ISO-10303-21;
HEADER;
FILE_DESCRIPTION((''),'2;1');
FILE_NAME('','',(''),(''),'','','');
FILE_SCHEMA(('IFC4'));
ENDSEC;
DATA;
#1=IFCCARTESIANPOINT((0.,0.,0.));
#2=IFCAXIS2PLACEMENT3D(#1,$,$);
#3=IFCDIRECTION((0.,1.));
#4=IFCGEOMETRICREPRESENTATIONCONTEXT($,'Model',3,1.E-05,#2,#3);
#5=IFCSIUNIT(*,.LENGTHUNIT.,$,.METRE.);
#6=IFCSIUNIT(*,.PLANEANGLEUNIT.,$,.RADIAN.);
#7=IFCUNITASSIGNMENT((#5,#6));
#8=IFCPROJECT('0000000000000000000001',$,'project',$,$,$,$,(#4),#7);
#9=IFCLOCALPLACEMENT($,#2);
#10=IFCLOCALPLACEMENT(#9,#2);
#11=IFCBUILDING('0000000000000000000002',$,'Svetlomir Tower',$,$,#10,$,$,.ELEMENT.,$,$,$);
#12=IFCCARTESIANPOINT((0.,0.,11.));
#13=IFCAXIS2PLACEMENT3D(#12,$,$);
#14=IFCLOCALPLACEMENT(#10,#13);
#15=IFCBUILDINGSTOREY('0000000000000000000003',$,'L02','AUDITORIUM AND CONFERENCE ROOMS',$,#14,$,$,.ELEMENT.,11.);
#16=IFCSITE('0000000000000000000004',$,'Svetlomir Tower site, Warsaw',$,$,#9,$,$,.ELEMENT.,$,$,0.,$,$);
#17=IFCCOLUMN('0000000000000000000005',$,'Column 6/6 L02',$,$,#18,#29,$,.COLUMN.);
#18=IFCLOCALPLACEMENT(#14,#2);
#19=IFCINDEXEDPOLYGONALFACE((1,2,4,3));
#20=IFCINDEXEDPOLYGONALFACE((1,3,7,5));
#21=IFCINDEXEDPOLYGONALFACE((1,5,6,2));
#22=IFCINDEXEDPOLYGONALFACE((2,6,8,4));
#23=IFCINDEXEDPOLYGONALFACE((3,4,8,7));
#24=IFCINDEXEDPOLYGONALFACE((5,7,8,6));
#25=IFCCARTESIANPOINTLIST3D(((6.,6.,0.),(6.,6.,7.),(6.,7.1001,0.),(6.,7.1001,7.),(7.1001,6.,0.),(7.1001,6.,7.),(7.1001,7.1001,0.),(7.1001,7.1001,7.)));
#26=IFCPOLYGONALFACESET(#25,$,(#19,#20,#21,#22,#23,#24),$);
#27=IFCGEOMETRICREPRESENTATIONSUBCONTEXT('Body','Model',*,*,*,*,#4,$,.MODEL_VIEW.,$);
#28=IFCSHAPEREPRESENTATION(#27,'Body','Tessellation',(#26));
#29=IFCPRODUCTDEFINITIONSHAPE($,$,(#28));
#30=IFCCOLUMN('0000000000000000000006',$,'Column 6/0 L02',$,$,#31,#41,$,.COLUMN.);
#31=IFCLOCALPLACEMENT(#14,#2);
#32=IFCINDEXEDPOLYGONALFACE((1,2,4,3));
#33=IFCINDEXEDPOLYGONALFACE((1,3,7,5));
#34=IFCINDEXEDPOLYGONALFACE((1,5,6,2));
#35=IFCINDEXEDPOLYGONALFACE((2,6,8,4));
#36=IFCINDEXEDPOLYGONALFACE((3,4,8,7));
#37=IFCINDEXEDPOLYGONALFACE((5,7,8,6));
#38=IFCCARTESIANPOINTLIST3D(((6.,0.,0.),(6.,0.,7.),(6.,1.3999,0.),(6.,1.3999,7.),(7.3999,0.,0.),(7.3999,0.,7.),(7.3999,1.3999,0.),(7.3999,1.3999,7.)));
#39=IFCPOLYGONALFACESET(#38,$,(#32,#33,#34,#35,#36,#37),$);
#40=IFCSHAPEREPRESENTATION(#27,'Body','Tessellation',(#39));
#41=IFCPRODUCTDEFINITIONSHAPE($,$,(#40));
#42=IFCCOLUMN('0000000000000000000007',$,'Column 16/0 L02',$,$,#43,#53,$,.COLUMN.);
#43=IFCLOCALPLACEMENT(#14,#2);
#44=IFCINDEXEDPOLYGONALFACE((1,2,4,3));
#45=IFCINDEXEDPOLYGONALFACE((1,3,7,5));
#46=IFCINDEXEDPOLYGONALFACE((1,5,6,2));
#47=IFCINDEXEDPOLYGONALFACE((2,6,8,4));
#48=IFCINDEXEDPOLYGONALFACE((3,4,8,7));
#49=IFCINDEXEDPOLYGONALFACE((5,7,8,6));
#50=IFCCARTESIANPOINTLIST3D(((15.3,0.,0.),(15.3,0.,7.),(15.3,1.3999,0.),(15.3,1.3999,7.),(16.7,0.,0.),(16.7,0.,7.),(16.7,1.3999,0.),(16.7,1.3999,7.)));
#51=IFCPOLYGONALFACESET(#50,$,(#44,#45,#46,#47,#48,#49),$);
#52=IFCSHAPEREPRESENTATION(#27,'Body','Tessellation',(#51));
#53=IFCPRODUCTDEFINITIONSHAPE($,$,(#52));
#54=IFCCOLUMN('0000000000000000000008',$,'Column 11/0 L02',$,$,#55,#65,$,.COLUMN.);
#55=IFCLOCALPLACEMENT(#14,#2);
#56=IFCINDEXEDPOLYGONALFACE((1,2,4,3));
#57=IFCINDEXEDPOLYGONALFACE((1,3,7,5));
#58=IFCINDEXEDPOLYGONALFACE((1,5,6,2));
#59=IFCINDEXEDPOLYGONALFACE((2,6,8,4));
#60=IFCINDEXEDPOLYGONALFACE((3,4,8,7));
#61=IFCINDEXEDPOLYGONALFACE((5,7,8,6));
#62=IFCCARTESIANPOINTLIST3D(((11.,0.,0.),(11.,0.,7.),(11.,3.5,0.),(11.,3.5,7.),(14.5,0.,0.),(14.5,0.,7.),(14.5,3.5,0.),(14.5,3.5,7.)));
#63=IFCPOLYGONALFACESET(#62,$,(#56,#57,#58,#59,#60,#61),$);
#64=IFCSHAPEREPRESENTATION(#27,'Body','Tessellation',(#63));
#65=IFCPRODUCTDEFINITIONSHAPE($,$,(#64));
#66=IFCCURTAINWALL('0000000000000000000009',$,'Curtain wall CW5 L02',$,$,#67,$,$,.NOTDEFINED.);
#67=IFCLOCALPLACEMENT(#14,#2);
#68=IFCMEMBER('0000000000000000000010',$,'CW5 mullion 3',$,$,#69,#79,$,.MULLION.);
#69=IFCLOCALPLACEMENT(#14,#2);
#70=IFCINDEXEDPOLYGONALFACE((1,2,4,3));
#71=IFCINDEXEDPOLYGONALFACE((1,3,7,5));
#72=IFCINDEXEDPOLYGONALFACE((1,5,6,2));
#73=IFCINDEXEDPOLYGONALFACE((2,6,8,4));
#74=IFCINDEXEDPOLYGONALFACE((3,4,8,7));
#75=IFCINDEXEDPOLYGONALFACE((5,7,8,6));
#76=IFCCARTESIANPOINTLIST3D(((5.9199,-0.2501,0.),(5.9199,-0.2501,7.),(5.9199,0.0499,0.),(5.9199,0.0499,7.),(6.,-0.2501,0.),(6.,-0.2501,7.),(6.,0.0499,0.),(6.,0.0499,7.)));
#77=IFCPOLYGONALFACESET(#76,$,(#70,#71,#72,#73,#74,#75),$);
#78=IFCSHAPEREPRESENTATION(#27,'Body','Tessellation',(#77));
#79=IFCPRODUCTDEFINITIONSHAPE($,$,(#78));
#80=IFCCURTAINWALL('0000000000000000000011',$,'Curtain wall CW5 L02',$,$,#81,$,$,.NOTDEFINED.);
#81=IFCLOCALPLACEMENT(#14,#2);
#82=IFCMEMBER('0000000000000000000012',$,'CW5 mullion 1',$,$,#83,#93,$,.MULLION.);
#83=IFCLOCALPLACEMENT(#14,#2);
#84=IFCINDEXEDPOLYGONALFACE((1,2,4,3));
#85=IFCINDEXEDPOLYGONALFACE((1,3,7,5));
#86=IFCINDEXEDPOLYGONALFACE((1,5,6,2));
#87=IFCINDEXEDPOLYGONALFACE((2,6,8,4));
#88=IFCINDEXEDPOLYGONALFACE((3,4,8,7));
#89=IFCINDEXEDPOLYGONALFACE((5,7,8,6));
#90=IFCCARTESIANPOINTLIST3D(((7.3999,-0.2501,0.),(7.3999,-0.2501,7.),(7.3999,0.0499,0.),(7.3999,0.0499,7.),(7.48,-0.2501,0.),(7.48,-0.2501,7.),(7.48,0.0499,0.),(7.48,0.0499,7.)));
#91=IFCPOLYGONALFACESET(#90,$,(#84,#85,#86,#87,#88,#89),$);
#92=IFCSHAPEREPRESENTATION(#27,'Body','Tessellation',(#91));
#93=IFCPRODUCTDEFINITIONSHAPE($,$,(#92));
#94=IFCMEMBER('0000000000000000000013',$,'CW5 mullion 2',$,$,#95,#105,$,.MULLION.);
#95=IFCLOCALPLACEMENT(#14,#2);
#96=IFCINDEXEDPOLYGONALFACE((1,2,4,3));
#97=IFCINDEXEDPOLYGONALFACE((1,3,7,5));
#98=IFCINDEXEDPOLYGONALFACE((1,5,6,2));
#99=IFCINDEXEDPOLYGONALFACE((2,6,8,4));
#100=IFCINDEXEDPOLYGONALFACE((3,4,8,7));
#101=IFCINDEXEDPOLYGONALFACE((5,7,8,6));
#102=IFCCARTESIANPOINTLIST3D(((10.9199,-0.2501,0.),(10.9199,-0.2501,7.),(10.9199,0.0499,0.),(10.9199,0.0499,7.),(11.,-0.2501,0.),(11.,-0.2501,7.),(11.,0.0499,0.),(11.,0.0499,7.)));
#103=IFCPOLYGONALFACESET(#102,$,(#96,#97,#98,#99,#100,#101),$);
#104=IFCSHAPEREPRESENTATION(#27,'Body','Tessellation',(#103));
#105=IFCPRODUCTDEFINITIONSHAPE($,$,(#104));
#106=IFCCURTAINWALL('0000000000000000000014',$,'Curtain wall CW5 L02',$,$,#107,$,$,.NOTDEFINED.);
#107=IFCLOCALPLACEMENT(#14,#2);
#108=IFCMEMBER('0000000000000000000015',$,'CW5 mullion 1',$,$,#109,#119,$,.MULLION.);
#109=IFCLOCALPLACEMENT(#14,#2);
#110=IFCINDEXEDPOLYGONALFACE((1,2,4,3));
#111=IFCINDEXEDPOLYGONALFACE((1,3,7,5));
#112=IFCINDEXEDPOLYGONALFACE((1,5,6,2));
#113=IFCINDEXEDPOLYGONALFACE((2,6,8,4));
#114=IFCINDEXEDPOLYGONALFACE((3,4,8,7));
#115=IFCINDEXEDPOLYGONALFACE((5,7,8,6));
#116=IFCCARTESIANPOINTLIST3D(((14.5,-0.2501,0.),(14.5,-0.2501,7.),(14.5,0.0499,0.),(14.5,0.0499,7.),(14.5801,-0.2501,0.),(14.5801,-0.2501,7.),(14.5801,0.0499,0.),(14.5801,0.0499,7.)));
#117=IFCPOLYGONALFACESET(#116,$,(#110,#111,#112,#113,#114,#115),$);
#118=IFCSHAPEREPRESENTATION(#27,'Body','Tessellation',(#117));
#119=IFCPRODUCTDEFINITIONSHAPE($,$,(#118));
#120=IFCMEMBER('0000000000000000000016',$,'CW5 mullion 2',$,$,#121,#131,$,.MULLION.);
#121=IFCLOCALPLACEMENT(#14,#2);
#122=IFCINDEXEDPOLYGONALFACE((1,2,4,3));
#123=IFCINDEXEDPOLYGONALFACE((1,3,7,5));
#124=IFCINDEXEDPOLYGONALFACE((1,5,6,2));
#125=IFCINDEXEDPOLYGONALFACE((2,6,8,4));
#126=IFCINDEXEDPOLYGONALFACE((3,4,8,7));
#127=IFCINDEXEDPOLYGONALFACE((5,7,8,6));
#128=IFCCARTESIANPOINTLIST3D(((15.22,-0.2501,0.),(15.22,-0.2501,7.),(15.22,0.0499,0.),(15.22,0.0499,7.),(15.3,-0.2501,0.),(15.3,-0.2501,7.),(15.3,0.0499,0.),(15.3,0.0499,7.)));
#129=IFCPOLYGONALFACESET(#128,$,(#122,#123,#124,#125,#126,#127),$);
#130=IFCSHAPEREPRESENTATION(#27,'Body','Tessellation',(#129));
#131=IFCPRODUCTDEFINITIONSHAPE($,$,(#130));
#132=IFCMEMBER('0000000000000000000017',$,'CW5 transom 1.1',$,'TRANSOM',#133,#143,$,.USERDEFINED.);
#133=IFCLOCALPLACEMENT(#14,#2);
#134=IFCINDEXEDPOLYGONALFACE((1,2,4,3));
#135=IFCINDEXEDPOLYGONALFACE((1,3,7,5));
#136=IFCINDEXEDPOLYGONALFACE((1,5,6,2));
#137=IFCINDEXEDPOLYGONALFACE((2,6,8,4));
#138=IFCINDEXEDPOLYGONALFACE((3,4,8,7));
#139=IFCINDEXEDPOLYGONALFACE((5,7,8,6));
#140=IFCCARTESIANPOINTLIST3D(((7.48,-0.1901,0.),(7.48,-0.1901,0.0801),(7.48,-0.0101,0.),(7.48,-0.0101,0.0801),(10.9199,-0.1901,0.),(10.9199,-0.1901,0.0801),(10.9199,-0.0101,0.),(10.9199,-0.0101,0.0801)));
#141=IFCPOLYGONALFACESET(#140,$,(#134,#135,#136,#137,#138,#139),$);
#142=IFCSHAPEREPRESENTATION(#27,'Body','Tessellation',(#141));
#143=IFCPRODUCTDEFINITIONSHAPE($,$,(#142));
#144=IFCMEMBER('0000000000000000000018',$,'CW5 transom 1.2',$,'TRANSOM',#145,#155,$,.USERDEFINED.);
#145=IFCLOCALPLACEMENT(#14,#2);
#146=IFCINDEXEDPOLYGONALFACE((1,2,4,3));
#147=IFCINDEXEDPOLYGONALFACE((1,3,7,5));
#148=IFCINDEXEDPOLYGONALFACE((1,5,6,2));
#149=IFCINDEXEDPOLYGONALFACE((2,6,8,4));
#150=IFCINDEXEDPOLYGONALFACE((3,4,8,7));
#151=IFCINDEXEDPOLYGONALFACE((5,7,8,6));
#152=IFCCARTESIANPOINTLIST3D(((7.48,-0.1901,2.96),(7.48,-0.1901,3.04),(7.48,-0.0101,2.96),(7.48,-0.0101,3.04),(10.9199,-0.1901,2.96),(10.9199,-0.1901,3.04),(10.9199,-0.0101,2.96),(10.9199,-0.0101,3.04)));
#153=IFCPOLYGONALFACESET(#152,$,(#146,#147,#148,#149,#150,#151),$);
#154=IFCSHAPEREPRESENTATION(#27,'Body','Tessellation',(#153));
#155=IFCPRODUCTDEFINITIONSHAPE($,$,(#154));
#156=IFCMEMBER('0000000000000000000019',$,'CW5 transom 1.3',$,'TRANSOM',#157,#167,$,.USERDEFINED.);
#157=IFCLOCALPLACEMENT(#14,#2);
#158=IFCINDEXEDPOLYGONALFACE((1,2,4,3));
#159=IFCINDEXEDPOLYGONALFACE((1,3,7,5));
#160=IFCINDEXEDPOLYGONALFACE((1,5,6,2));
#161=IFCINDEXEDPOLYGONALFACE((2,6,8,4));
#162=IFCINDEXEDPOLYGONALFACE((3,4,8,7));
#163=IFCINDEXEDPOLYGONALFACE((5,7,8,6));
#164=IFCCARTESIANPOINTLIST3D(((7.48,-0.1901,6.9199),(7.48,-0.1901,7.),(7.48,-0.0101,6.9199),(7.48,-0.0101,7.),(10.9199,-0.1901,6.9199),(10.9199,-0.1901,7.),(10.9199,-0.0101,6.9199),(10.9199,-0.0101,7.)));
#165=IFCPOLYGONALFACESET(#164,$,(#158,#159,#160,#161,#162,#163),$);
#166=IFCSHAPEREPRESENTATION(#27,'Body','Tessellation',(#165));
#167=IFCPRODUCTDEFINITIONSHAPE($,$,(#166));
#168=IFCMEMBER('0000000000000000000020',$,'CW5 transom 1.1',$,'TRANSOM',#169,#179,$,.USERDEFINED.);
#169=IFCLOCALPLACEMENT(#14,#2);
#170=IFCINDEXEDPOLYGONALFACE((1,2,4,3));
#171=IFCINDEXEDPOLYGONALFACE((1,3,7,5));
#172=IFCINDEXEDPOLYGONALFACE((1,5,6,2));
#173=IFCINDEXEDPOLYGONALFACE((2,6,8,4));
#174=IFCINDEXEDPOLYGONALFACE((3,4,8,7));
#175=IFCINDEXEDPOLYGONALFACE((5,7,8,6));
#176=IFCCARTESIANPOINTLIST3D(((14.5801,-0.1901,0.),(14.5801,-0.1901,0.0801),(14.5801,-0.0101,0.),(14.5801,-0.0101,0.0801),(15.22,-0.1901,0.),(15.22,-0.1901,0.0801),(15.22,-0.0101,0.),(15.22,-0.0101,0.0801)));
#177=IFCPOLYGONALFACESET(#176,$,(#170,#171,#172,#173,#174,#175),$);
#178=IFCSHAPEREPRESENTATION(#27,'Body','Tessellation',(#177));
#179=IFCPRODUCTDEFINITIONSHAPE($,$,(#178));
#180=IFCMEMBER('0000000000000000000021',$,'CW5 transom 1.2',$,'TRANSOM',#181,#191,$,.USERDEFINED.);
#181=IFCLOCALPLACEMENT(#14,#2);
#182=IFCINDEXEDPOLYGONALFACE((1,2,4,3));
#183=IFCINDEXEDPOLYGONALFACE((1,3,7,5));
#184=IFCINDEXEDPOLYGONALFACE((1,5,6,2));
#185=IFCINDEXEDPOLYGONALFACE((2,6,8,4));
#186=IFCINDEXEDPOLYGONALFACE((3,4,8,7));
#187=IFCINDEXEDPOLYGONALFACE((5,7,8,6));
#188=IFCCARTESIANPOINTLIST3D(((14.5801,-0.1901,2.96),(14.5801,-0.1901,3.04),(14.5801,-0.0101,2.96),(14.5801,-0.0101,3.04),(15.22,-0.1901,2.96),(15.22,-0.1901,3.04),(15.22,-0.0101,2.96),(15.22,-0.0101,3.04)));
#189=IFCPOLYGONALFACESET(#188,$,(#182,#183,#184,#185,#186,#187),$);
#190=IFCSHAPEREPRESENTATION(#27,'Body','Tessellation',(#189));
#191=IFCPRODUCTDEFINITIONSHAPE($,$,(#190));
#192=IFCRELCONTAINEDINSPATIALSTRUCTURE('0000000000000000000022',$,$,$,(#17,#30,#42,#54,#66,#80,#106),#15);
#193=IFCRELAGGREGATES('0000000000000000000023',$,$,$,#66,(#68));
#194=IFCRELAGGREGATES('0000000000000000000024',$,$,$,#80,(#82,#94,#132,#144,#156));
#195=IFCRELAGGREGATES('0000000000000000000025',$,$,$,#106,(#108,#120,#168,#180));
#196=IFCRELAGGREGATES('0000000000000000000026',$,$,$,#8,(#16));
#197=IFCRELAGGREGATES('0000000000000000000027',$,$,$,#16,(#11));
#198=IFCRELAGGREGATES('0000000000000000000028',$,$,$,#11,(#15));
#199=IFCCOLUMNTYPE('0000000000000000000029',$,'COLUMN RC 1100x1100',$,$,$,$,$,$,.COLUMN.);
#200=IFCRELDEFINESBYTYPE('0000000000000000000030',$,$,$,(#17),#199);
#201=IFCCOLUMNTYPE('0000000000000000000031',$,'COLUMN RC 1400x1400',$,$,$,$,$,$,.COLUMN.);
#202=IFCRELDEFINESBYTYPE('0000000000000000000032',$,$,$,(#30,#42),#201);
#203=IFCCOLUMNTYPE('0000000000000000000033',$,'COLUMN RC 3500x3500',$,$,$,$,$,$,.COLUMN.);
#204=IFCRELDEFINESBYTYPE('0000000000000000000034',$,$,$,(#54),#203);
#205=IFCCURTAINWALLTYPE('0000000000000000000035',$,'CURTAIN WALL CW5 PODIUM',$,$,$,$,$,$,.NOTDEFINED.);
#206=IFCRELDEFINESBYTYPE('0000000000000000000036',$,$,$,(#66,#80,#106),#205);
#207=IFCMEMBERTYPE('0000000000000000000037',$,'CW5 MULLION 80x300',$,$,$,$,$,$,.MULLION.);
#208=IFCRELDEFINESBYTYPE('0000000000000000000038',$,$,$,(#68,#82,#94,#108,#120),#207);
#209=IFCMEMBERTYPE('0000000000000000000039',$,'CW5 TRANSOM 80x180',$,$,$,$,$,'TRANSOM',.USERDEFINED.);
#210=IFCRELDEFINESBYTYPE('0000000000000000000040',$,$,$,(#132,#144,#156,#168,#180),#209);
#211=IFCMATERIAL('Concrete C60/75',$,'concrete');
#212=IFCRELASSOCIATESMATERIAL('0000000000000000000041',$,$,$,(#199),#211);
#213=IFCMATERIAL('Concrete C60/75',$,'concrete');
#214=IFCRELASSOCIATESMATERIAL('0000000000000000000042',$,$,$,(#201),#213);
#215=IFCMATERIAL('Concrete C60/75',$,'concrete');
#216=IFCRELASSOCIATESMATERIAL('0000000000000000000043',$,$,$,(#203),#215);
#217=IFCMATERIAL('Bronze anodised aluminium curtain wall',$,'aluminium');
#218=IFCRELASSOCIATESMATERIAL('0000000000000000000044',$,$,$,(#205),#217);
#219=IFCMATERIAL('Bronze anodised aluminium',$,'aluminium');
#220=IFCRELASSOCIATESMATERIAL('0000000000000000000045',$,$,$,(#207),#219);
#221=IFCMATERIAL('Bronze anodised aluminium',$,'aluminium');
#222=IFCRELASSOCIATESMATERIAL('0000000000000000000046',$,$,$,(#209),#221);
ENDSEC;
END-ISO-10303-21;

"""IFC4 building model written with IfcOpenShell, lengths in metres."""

from ifc_helpers import new_model, si_unit, direction, frame, origin, origin_2d, place, context, subcontext, project, spatial, rectangle, extrude, material, material_profile, profile_set, type_object, element, aggregate, save


model = new_model("IFC4")

# Units and contexts
model_context = context("Model", 3, precision=1e-05, world=origin(), true_north=direction((0.0, 1.0)))
body_context = subcontext(model_context, "Body", "Model", "MODEL_VIEW")
ifc_project = project(units=[si_unit("LENGTHUNIT", "METRE"), si_unit("PLANEANGLEUNIT", "RADIAN")], contexts=[model_context])

# Site, building, storey
site_placement = place(None, origin())
site = spatial("IfcSite", under=ifc_project, at=site_placement, Name="Svetlomir Tower site, Warsaw", CompositionType="ELEMENT", RefElevation=0.0)
building_placement = place(site_placement, origin())
building = spatial("IfcBuilding", under=site, at=building_placement, Name="Svetlomir Tower", CompositionType="ELEMENT")
storey_placement = place(building_placement, frame((0.0, 0.0, 11.0)))
storey = spatial("IfcBuildingStorey", under=building, at=storey_placement, Name="L02", Description="AUDITORIUM AND CONFERENCE ROOMS", CompositionType="ELEMENT", Elevation=11.0)

# Columns
ifc_material_1 = material(Name="Concrete C60/75", Category="concrete")
ifc_material_profile_1 = material_profile(ifc_material_1, rectangle(XDim=1.1001, YDim=1.1001, at=origin_2d()), Name="RC 1100x1100")
ifc_profile_set_1 = profile_set([ifc_material_profile_1], Name="Concrete C60/75")
column_type_1 = type_object("IfcColumnType", Name="COLUMN RC 1100x1100", PredefinedType="COLUMN", material=ifc_profile_set_1)
column_1_placement = place(storey_placement, frame((6.55, 6.55, 0.0), z_axis=(0.0, 0.0, 1.0), x_axis=(1.0, 0.0, 0.0)))
element("IfcColumn", 1, at=column_1_placement, inside=storey, type_object=column_type_1, Name="Column 6/6 L02", PredefinedType="COLUMN", context=body_context, shape_type="SweptSolid", body=[
    extrude(rectangle(XDim=1.1001, YDim=1.1001, at=origin_2d()), origin(), (0.0, 0.0, 1.0), 7.0),
])
ifc_material_2 = material(Name="Concrete C60/75", Category="concrete")
ifc_material_profile_2 = material_profile(ifc_material_2, rectangle(XDim=1.3999, YDim=1.3999, at=origin_2d()), Name="RC 1400x1400")
ifc_profile_set_2 = profile_set([ifc_material_profile_2], Name="Concrete C60/75")
column_type_2 = type_object("IfcColumnType", Name="COLUMN RC 1400x1400", PredefinedType="COLUMN", material=ifc_profile_set_2)
for number, where, z_axis, x_axis, name in (
    (2, (6.7, 0.7, 0.0), (0.0, 0.0, 1.0), (1.0, 0.0, 0.0), "Column 6/0 L02"),
    (3, (16.0, 0.7, 0.0), (0.0, 0.0, 1.0), (1.0, 0.0, 0.0), "Column 16/0 L02"),
):
    element("IfcColumn", number, at=place(storey_placement, frame(where, z_axis=z_axis, x_axis=x_axis)), inside=storey, type_object=column_type_2, Name=name, PredefinedType="COLUMN", context=body_context, shape_type="SweptSolid", body=[
        extrude(rectangle(XDim=1.3999, YDim=1.3999, at=origin_2d()), origin(), (0.0, 0.0, 1.0), 7.0),
    ])
ifc_material_3 = material(Name="Concrete C60/75", Category="concrete")
ifc_material_profile_3 = material_profile(ifc_material_3, rectangle(XDim=3.5, YDim=3.5, at=origin_2d()), Name="RC 3500x3500")
ifc_profile_set_3 = profile_set([ifc_material_profile_3], Name="Concrete C60/75")
column_type_3 = type_object("IfcColumnType", Name="COLUMN RC 3500x3500", PredefinedType="COLUMN", material=ifc_profile_set_3)
column_2_placement = place(storey_placement, frame((12.75, 1.75, 0.0), z_axis=(0.0, 0.0, 1.0), x_axis=(1.0, 0.0, 0.0)))
element("IfcColumn", 4, at=column_2_placement, inside=storey, type_object=column_type_3, Name="Column 11/0 L02", PredefinedType="COLUMN", context=body_context, shape_type="SweptSolid", body=[
    extrude(rectangle(XDim=3.5, YDim=3.5, at=origin_2d()), origin(), (0.0, 0.0, 1.0), 7.0),
])

# Curtain wall, member
ifc_material_4 = material(Name="Bronze anodised aluminium curtain wall", Category="aluminium")
curtain_wall_type = type_object("IfcCurtainWallType", Name="CURTAIN WALL CW5 PODIUM", PredefinedType="NOTDEFINED", material=ifc_material_4)
curtain_wall_1_placement = place(storey_placement, origin())
curtain_wall_1 = element("IfcCurtainWall", 5, at=curtain_wall_1_placement, inside=storey, type_object=curtain_wall_type, Name="Curtain wall CW5 L02", PredefinedType="NOTDEFINED")
ifc_material_5 = material(Name="Bronze anodised aluminium", Category="aluminium")
ifc_material_profile_4 = material_profile(ifc_material_5, rectangle(XDim=0.0801, YDim=0.3, at=origin_2d()), Name="AL 80x300")
ifc_profile_set_4 = profile_set([ifc_material_profile_4], Name="Bronze anodised aluminium 6063-T6")
member_type_1 = type_object("IfcMemberType", Name="CW5 MULLION 80x300", PredefinedType="MULLION", material=ifc_profile_set_4)
member_1_placement = place(storey_placement, frame((5.96, -0.1001, 0.0), z_axis=(0.0, 0.0, 1.0), x_axis=(1.0, 0.0, 0.0)))
member_1 = element("IfcMember", 6, at=member_1_placement, type_object=member_type_1, Name="CW5 mullion 3", PredefinedType="MULLION", context=body_context, shape_type="SweptSolid", body=[
    extrude(rectangle(XDim=0.0801, YDim=0.3, at=origin_2d()), origin(), (0.0, 0.0, 1.0), 7.0),
])

# Curtain walls, members
curtain_wall_2_placement = place(storey_placement, origin())
curtain_wall_2 = element("IfcCurtainWall", 7, at=curtain_wall_2_placement, inside=storey, type_object=curtain_wall_type, Name="Curtain wall CW5 L02", PredefinedType="NOTDEFINED")
member_2_placement = place(storey_placement, frame((7.4399, -0.1001, 0.0), z_axis=(0.0, 0.0, 1.0), x_axis=(1.0, 0.0, 0.0)))
member_2 = element("IfcMember", 8, at=member_2_placement, type_object=member_type_1, Name="CW5 mullion 1", PredefinedType="MULLION", context=body_context, shape_type="SweptSolid", body=[
    extrude(rectangle(XDim=0.0801, YDim=0.3, at=origin_2d()), origin(), (0.0, 0.0, 1.0), 7.0),
])
member_3_placement = place(storey_placement, frame((10.96, -0.1001, 0.0), z_axis=(0.0, 0.0, 1.0), x_axis=(1.0, 0.0, 0.0)))
member_3 = element("IfcMember", 9, at=member_3_placement, type_object=member_type_1, Name="CW5 mullion 2", PredefinedType="MULLION", context=body_context, shape_type="SweptSolid", body=[
    extrude(rectangle(XDim=0.0801, YDim=0.3, at=origin_2d()), origin(), (0.0, 0.0, 1.0), 7.0),
])
curtain_wall_3_placement = place(storey_placement, origin())
curtain_wall_3 = element("IfcCurtainWall", 10, at=curtain_wall_3_placement, inside=storey, type_object=curtain_wall_type, Name="Curtain wall CW5 L02", PredefinedType="NOTDEFINED")
member_4_placement = place(storey_placement, frame((14.54, -0.1001, 0.0), z_axis=(0.0, 0.0, 1.0), x_axis=(1.0, 0.0, 0.0)))
member_4 = element("IfcMember", 11, at=member_4_placement, type_object=member_type_1, Name="CW5 mullion 1", PredefinedType="MULLION", context=body_context, shape_type="SweptSolid", body=[
    extrude(rectangle(XDim=0.0801, YDim=0.3, at=origin_2d()), origin(), (0.0, 0.0, 1.0), 7.0),
])
member_5_placement = place(storey_placement, frame((15.26, -0.1001, 0.0), z_axis=(0.0, 0.0, 1.0), x_axis=(1.0, 0.0, 0.0)))
member_5 = element("IfcMember", 12, at=member_5_placement, type_object=member_type_1, Name="CW5 mullion 2", PredefinedType="MULLION", context=body_context, shape_type="SweptSolid", body=[
    extrude(rectangle(XDim=0.0801, YDim=0.3, at=origin_2d()), origin(), (0.0, 0.0, 1.0), 7.0),
])

# Members
ifc_material_6 = material(Name="Bronze anodised aluminium", Category="aluminium")
ifc_material_profile_5 = material_profile(ifc_material_6, rectangle(XDim=0.1799, YDim=0.0801, at=origin_2d()), Name="AL 180x80")
ifc_profile_set_5 = profile_set([ifc_material_profile_5], Name="Bronze anodised aluminium 6063-T6")
member_type_2 = type_object("IfcMemberType", Name="CW5 TRANSOM 80x180", ElementType="TRANSOM", PredefinedType="USERDEFINED", material=ifc_profile_set_5)
member_6_placement = place(storey_placement, frame((7.48, -0.1001, 0.04), z_axis=(1.0, 0.0, 0.0), x_axis=(0.0, 1.0, 0.0)))
member_6 = element("IfcMember", 13, at=member_6_placement, type_object=member_type_2, Name="CW5 transom 1.1", ObjectType="TRANSOM", PredefinedType="USERDEFINED", context=body_context, shape_type="SweptSolid", body=[
    extrude(rectangle(XDim=0.1799, YDim=0.0801, at=origin_2d()), origin(), (0.0, 0.0, 1.0), 3.4399),
])
member_7_placement = place(storey_placement, frame((7.48, -0.1001, 3.0), z_axis=(1.0, 0.0, 0.0), x_axis=(0.0, 1.0, 0.0)))
member_7 = element("IfcMember", 14, at=member_7_placement, type_object=member_type_2, Name="CW5 transom 1.2", ObjectType="TRANSOM", PredefinedType="USERDEFINED", context=body_context, shape_type="SweptSolid", body=[
    extrude(rectangle(XDim=0.1799, YDim=0.0801, at=origin_2d()), origin(), (0.0, 0.0, 1.0), 3.4399),
])
member_8_placement = place(storey_placement, frame((7.48, -0.1001, 6.96), z_axis=(1.0, 0.0, 0.0), x_axis=(0.0, 1.0, 0.0)))
member_8 = element("IfcMember", 15, at=member_8_placement, type_object=member_type_2, Name="CW5 transom 1.3", ObjectType="TRANSOM", PredefinedType="USERDEFINED", context=body_context, shape_type="SweptSolid", body=[
    extrude(rectangle(XDim=0.1799, YDim=0.0801, at=origin_2d()), origin(), (0.0, 0.0, 1.0), 3.4399),
])
member_9_placement = place(storey_placement, frame((14.5801, -0.1001, 0.04), z_axis=(1.0, 0.0, 0.0), x_axis=(0.0, 1.0, 0.0)))
member_9 = element("IfcMember", 16, at=member_9_placement, type_object=member_type_2, Name="CW5 transom 1.1", ObjectType="TRANSOM", PredefinedType="USERDEFINED", context=body_context, shape_type="SweptSolid", body=[
    extrude(rectangle(XDim=0.1799, YDim=0.0801, at=origin_2d()), origin(), (0.0, 0.0, 1.0), 0.6399),
])
member_10_placement = place(storey_placement, frame((14.5801, -0.1001, 3.0), z_axis=(1.0, 0.0, 0.0), x_axis=(0.0, 1.0, 0.0)))
member_10 = element("IfcMember", 17, at=member_10_placement, type_object=member_type_2, Name="CW5 transom 1.2", ObjectType="TRANSOM", PredefinedType="USERDEFINED", context=body_context, shape_type="SweptSolid", body=[
    extrude(rectangle(XDim=0.1799, YDim=0.0801, at=origin_2d()), origin(), (0.0, 0.0, 1.0), 0.6399),
])

aggregate(curtain_wall_1, [member_1])
aggregate(curtain_wall_2, [member_2, member_3, member_6, member_7, member_8])
aggregate(curtain_wall_3, [member_4, member_5, member_9, member_10])

save(model, "model.ifc")
